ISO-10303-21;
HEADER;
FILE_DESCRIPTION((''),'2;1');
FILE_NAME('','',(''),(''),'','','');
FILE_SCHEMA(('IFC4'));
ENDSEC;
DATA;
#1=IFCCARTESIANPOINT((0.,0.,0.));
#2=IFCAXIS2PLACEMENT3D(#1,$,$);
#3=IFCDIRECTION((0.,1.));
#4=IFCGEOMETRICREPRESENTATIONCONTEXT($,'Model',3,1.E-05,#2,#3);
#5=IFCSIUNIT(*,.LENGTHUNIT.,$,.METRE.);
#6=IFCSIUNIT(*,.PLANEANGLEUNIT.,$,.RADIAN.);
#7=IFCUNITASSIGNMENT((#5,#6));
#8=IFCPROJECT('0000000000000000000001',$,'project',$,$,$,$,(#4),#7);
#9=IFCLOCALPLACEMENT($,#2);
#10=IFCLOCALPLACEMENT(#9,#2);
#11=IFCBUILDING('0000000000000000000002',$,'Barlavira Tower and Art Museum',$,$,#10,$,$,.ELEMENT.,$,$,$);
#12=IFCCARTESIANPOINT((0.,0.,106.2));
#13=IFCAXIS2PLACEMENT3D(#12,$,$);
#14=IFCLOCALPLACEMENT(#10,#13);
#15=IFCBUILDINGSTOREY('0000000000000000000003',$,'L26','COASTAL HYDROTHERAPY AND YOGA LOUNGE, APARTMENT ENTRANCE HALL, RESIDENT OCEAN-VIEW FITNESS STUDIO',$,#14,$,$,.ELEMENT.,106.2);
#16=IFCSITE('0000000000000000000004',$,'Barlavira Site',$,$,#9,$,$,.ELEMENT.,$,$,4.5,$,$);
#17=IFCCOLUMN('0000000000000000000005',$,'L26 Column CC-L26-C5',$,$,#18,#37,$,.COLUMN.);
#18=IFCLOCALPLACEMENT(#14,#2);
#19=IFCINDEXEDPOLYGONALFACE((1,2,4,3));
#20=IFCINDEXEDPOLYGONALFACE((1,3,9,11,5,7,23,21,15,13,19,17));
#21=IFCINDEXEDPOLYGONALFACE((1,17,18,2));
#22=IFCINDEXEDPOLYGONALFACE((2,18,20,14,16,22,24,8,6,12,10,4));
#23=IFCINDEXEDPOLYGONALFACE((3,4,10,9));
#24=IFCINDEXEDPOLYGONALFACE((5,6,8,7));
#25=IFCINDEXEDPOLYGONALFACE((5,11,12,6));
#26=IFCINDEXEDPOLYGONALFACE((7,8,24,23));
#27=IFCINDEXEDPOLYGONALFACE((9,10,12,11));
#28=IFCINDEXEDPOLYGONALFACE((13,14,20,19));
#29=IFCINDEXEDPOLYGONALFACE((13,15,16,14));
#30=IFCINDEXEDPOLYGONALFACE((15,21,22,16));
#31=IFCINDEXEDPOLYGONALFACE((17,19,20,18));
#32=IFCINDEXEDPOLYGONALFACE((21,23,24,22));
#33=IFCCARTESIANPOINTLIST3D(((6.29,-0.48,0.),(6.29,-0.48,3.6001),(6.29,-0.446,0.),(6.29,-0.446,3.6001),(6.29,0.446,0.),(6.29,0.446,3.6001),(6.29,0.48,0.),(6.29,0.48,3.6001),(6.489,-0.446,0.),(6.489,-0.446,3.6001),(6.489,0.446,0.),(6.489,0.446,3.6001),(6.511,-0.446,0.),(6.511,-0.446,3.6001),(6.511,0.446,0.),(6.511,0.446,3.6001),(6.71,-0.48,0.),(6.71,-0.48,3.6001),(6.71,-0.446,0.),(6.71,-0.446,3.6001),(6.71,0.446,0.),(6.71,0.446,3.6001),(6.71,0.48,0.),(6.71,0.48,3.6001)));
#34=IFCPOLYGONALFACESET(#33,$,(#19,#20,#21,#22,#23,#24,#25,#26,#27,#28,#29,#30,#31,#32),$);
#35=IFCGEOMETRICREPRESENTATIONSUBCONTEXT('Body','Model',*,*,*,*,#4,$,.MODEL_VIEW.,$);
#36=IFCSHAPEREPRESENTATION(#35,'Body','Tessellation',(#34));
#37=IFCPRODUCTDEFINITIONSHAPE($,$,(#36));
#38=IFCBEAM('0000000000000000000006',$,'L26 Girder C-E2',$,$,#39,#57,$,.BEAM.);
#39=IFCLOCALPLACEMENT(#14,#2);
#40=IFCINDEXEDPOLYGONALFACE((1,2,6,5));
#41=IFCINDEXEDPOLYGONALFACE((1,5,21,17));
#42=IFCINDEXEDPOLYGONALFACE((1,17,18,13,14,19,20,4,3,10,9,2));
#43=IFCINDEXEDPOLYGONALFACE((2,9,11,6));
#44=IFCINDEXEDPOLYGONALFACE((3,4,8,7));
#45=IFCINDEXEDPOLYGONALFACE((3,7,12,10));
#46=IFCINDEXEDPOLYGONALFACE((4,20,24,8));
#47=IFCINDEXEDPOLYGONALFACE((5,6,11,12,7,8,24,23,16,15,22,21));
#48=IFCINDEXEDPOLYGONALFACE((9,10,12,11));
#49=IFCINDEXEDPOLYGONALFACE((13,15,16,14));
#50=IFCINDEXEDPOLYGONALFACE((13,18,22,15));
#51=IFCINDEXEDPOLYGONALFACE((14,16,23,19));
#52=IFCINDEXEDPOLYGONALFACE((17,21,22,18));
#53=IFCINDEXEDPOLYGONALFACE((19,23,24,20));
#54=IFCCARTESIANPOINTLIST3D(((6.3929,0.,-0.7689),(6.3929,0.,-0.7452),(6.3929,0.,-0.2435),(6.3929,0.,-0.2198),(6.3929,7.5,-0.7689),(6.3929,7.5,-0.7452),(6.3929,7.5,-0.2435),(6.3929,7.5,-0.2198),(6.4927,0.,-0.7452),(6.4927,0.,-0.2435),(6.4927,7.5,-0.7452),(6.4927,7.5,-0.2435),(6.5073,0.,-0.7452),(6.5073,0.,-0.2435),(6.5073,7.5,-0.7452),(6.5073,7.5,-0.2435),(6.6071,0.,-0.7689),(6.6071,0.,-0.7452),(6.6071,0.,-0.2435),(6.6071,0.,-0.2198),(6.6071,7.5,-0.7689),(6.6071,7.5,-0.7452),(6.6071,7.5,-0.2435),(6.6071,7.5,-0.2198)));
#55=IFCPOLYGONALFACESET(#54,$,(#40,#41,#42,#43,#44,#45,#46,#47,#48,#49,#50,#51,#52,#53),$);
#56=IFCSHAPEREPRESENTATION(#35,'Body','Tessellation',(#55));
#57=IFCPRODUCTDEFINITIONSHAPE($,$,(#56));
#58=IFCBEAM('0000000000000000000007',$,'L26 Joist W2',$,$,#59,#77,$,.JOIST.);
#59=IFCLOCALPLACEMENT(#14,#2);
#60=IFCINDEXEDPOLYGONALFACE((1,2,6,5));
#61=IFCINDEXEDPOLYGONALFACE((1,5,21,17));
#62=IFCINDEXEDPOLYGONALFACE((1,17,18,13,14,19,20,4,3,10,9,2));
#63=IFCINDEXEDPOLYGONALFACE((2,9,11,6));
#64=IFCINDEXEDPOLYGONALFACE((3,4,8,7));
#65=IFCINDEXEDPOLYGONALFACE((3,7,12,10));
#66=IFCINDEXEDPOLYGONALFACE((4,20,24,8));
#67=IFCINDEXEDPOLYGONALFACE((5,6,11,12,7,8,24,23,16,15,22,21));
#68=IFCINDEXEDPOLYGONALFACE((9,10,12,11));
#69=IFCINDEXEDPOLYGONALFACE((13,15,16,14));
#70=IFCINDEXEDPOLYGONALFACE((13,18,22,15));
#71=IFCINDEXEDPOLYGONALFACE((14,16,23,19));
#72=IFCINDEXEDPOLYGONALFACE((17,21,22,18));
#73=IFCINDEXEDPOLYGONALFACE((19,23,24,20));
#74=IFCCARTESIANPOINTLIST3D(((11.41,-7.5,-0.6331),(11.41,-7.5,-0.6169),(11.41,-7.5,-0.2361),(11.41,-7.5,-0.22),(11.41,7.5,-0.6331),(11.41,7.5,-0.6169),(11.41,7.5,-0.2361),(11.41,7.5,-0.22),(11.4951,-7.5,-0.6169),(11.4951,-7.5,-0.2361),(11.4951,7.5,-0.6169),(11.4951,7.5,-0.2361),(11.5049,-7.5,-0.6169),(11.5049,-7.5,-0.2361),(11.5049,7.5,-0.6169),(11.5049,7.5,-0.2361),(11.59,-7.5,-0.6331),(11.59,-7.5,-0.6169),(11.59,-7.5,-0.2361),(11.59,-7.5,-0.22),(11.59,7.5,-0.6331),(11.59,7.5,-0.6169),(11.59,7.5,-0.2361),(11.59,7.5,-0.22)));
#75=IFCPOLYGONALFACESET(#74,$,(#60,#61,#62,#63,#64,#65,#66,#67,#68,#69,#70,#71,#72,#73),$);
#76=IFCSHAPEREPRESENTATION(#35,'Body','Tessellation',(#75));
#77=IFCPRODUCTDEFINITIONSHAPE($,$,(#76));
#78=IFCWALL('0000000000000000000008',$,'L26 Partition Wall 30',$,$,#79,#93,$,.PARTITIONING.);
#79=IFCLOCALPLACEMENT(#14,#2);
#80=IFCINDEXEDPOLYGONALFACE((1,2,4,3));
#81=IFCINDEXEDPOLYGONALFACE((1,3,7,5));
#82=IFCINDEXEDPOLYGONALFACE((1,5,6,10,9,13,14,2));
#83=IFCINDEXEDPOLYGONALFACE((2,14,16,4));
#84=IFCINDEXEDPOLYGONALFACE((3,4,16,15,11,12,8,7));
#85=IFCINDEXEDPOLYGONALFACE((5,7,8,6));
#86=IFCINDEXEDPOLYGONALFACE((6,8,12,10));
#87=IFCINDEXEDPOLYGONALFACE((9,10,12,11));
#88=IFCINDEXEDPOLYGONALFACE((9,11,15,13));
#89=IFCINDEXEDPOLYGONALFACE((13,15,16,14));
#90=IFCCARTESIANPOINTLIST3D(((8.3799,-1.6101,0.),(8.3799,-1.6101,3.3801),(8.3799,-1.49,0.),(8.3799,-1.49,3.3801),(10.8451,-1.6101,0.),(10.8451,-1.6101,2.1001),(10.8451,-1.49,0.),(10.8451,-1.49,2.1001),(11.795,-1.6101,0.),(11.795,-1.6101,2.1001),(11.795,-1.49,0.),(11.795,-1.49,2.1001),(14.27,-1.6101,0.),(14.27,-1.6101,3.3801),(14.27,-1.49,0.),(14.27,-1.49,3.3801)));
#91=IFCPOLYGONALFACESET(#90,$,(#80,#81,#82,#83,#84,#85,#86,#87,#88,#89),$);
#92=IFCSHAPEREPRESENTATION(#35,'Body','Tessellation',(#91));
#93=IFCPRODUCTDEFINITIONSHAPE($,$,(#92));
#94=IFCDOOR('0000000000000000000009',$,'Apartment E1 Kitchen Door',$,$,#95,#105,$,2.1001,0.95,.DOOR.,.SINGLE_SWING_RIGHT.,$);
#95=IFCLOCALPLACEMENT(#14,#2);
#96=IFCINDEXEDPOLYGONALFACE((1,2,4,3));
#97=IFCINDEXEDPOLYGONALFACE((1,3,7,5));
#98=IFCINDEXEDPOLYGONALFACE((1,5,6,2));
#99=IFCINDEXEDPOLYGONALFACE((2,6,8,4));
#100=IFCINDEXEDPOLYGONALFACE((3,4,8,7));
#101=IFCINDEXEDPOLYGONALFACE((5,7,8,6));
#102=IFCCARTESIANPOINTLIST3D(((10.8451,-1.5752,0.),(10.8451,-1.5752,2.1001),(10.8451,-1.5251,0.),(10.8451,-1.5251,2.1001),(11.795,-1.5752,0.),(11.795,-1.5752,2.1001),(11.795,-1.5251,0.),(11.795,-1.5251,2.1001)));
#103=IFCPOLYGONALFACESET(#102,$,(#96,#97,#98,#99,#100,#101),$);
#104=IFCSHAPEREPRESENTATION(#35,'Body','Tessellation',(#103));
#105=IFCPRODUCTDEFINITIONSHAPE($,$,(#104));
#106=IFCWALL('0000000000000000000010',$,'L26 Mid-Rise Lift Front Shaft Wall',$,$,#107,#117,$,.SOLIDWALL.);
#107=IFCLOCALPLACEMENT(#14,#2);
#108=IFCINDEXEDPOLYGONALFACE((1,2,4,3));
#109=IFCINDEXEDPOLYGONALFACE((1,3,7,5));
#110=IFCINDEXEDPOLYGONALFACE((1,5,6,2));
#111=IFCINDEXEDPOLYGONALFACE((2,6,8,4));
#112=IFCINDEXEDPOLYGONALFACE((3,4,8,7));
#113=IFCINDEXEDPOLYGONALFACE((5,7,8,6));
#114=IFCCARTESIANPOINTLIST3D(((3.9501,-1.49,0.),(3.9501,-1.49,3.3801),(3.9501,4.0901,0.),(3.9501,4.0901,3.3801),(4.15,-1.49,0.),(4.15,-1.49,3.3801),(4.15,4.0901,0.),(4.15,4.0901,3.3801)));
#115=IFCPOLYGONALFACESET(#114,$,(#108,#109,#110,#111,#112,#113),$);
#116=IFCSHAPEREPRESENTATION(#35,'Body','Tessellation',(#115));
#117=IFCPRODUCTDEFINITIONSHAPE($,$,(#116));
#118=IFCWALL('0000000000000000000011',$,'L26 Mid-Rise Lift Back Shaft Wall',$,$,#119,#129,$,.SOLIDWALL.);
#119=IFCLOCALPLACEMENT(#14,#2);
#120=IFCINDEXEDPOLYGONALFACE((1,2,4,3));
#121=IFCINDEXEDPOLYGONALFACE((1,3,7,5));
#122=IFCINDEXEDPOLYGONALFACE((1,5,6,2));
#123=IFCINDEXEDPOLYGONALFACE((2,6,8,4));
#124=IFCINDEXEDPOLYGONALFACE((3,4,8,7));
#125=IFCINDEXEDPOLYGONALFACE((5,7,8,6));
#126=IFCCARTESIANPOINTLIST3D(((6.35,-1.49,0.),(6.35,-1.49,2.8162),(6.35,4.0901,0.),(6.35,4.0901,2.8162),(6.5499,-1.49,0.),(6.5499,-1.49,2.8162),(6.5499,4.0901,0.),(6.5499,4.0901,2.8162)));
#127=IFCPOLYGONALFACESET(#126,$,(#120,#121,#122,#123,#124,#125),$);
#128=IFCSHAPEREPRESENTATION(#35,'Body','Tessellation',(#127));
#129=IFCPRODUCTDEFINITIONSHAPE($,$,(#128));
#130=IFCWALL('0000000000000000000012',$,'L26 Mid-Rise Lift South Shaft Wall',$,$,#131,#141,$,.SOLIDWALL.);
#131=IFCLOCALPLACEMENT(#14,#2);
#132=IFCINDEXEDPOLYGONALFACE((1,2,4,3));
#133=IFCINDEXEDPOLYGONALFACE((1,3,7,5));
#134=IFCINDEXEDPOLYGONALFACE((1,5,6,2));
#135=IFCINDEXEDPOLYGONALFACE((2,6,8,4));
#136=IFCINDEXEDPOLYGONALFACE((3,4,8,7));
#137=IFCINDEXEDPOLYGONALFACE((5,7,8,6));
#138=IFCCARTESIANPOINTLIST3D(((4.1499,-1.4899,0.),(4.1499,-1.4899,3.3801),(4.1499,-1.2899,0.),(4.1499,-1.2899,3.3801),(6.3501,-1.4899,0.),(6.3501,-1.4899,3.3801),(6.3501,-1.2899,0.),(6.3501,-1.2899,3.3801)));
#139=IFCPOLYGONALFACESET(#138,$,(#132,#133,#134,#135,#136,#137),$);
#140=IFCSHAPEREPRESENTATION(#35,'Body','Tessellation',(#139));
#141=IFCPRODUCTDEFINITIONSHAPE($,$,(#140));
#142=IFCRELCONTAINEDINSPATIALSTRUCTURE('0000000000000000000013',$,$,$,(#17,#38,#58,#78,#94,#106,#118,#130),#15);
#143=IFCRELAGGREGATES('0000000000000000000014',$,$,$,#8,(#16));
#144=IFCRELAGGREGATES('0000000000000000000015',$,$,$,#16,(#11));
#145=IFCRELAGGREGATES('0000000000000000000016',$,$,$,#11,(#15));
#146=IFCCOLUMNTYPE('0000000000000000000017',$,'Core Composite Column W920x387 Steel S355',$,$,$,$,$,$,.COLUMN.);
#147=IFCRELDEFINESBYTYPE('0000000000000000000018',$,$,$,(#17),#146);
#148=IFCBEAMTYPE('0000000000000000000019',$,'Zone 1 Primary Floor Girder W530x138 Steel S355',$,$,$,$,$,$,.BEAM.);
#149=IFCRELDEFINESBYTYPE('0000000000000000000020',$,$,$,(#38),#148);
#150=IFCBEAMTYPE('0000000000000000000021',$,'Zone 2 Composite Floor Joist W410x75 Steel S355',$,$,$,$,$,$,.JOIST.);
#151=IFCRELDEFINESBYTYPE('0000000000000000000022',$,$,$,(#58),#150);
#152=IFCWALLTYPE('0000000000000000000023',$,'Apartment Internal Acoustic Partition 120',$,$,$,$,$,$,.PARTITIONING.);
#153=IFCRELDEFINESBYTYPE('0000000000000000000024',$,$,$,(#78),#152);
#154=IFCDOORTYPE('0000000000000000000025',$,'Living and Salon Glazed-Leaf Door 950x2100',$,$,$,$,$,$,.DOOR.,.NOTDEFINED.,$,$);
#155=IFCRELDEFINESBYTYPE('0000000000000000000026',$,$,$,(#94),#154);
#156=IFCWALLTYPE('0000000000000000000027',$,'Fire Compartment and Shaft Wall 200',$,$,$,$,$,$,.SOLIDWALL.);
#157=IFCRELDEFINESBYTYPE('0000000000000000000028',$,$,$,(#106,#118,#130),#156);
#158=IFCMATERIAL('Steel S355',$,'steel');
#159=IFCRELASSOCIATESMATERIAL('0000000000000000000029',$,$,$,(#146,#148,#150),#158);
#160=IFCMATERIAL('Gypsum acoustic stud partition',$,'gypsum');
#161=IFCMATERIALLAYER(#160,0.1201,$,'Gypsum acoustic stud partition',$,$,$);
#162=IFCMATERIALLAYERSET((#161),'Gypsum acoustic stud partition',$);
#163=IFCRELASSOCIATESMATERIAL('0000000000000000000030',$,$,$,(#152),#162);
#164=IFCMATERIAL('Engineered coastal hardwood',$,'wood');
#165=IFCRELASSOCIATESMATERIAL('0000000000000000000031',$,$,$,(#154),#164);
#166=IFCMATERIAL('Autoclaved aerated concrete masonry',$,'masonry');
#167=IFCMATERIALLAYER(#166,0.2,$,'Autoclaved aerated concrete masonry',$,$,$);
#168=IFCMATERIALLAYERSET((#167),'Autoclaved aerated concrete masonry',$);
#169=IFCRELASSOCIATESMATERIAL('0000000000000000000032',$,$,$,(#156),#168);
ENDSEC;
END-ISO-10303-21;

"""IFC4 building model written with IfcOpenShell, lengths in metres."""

from ifc_helpers import new_model, si_unit, direction, frame, frame_2d, origin, origin_2d, place, context, subcontext, project, spatial, rectangle, i_section, extrude, material, layer, layer_set, material_profile, profile_set, type_object, element, fill, save


model = new_model("IFC4")

# Units and contexts
model_context = context("Model", 3, precision=1e-05, world=origin(), true_north=direction((0.0, 1.0)))
body_context = subcontext(model_context, "Body", "Model", "MODEL_VIEW")
ifc_project = project(units=[si_unit("LENGTHUNIT", "METRE"), si_unit("PLANEANGLEUNIT", "RADIAN")], contexts=[model_context])

# Site, building, storey
site_placement = place(None, origin())
site = spatial("IfcSite", under=ifc_project, at=site_placement, Name="Barlavira Site", CompositionType="ELEMENT", RefElevation=4.5)
building_placement = place(site_placement, origin())
building = spatial("IfcBuilding", under=site, at=building_placement, Name="Barlavira Tower and Art Museum", CompositionType="ELEMENT")
storey_placement = place(building_placement, frame((0.0, 0.0, 106.2)))
storey = spatial("IfcBuildingStorey", under=building, at=storey_placement, Name="L26", Description="COASTAL HYDROTHERAPY AND YOGA LOUNGE, APARTMENT ENTRANCE HALL, RESIDENT OCEAN-VIEW FITNESS STUDIO", CompositionType="ELEMENT", Elevation=106.2)

# Column
ifc_material_1 = material(Name="Steel S355", Category="steel")
ifc_material_profile_1 = material_profile(ifc_material_1, i_section(OverallWidth=0.4199, OverallDepth=0.96, WebThickness=0.022, FlangeThickness=0.0339, at=origin_2d()), Name="W920x387.0")
ifc_profile_set_1 = profile_set([ifc_material_profile_1], Name="Steel S355")
column_type = type_object("IfcColumnType", Name="Core Composite Column W920x387 Steel S355", PredefinedType="COLUMN", material=ifc_profile_set_1)
column_placement = place(storey_placement, frame((6.5, 0.0, 0.0), z_axis=(0.0, 0.0, 1.0), x_axis=(1.0, 0.0, 0.0)))
element("IfcColumn", 1, at=column_placement, inside=storey, type_object=column_type, Name="L26 Column CC-L26-C5", PredefinedType="COLUMN", context=body_context, shape_type="SweptSolid", body=[
    extrude(i_section(OverallWidth=0.4199, OverallDepth=0.96, WebThickness=0.022, FlangeThickness=0.0339, at=origin_2d()), origin(), (0.0, 0.0, 1.0), 3.6001),
])

# Beams
ifc_material_profile_2 = material_profile(ifc_material_1, i_section(OverallWidth=0.2141, OverallDepth=0.5491, WebThickness=0.0146, FlangeThickness=0.0237, at=origin_2d()), Name="W530x138.0")
ifc_profile_set_2 = profile_set([ifc_material_profile_2], Name="Steel S355")
beam_type_1 = type_object("IfcBeamType", Name="Zone 1 Primary Floor Girder W530x138 Steel S355", PredefinedType="BEAM", material=ifc_profile_set_2)
beam_1_placement = place(storey_placement, frame((6.5, 0.0, -0.4944), z_axis=(0.0, 1.0, 0.0), x_axis=(-1.0, 0.0, 0.0)))
element("IfcBeam", 2, at=beam_1_placement, inside=storey, type_object=beam_type_1, Name="L26 Girder C-E2", PredefinedType="BEAM", context=body_context, shape_type="SweptSolid", body=[
    extrude(i_section(OverallWidth=0.2141, OverallDepth=0.5491, WebThickness=0.0146, FlangeThickness=0.0237, at=origin_2d()), origin(), (0.0, 0.0, 1.0), 7.5),
])
ifc_material_profile_3 = material_profile(ifc_material_1, i_section(OverallWidth=0.1799, OverallDepth=0.4131, WebThickness=0.0098, FlangeThickness=0.0161, at=origin_2d()), Name="W410x75.0")
ifc_profile_set_3 = profile_set([ifc_material_profile_3], Name="Steel S355")
beam_type_2 = type_object("IfcBeamType", Name="Zone 2 Composite Floor Joist W410x75 Steel S355", PredefinedType="JOIST", material=ifc_profile_set_3)
beam_2_placement = place(storey_placement, frame((11.5, -7.5, -0.4265), z_axis=(0.0, 1.0, 0.0), x_axis=(-1.0, 0.0, 0.0)))
element("IfcBeam", 3, at=beam_2_placement, inside=storey, type_object=beam_type_2, Name="L26 Joist W2", PredefinedType="JOIST", context=body_context, shape_type="SweptSolid", body=[
    extrude(i_section(OverallWidth=0.1799, OverallDepth=0.4131, WebThickness=0.0098, FlangeThickness=0.0161, at=origin_2d()), origin(), (0.0, 0.0, 1.0), 15.0),
])

# Wall, opening, door
ifc_material_2 = material(Name="Gypsum acoustic stud partition", Category="gypsum")
ifc_layer_1 = layer(ifc_material_2, 0.1201, Name="Gypsum acoustic stud partition")
ifc_layer_set_1 = layer_set([ifc_layer_1], Name="Gypsum acoustic stud partition")
wall_type_1 = type_object("IfcWallType", Name="Apartment Internal Acoustic Partition 120", PredefinedType="PARTITIONING", material=ifc_layer_set_1)
wall_1_placement = place(storey_placement, frame((8.3799, -1.55, 0.0), z_axis=(0.0, 0.0, 1.0), x_axis=(1.0, 0.0, 0.0)))
wall_1 = element("IfcWall", 4, at=wall_1_placement, inside=storey, type_object=wall_type_1, Name="L26 Partition Wall 30", PredefinedType="PARTITIONING", context=body_context, shape_type="SweptSolid", body=[
    extrude(rectangle(XDim=5.8901, YDim=0.1201, at=frame_2d((2.9451, 0.0))), origin(), (0.0, 0.0, 1.0), 3.3801),
])
opening_1_placement = place(wall_1_placement, frame((2.4651, 0.0, 0.0)))
opening_1 = element("IfcOpeningElement", 5, at=opening_1_placement, cuts=wall_1, PredefinedType="OPENING", context=body_context, shape_type="SweptSolid", body=[
    extrude(rectangle(XDim=0.95, YDim=2.1001, at=frame_2d((0.4751, 1.05))), frame((0.0, 0.0701, 0.0), z_axis=(0.0, -1.0, 0.0), x_axis=(1.0, 0.0, 0.0)), (0.0, 0.0, 1.0), 0.1401),
])
ifc_material_3 = material(Name="Engineered coastal hardwood", Category="wood")
door_type_1 = type_object("IfcDoorType", Name="Living and Salon Glazed-Leaf Door 950x2100", OperationType="NOTDEFINED", PredefinedType="DOOR", material=ifc_material_3)
door_1_placement = place(opening_1_placement, origin())
door_1 = element("IfcDoor", 6, at=door_1_placement, inside=storey, type_object=door_type_1, Name="Apartment E1 Kitchen Door", OperationType="SINGLE_SWING_RIGHT", OverallHeight=2.1001, OverallWidth=0.95, PredefinedType="DOOR", context=body_context, shape_type="SweptSolid", body=[
    extrude(rectangle(XDim=0.95, YDim=2.1001, at=frame_2d((0.4751, 1.05))), frame((0.0, 0.0249, 0.0), z_axis=(0.0, -1.0, 0.0), x_axis=(1.0, 0.0, 0.0)), (0.0, 0.0, 1.0), 0.05),
])
fill(opening_1, door_1)

# Walls
ifc_material_4 = material(Name="Autoclaved aerated concrete masonry", Category="masonry")
ifc_layer_2 = layer(ifc_material_4, 0.2, Name="Autoclaved aerated concrete masonry")
ifc_layer_set_2 = layer_set([ifc_layer_2], Name="Autoclaved aerated concrete masonry")
wall_type_2 = type_object("IfcWallType", Name="Fire Compartment and Shaft Wall 200", PredefinedType="SOLIDWALL", material=ifc_layer_set_2)
wall_2_placement = place(storey_placement, frame((4.05, -1.49, 0.0), z_axis=(0.0, 0.0, 1.0), x_axis=(0.0, 1.0, 0.0)))
element("IfcWall", 7, at=wall_2_placement, inside=storey, type_object=wall_type_2, Name="L26 Mid-Rise Lift Front Shaft Wall", PredefinedType="SOLIDWALL", context=body_context, shape_type="SweptSolid", body=[
    extrude(rectangle(XDim=5.5801, YDim=0.2, at=frame_2d((2.79, 0.0))), origin(), (0.0, 0.0, 1.0), 3.3801),
])
wall_3_placement = place(storey_placement, frame((6.45, -1.49, 0.0), z_axis=(0.0, 0.0, 1.0), x_axis=(0.0, 1.0, 0.0)))
element("IfcWall", 8, at=wall_3_placement, inside=storey, type_object=wall_type_2, Name="L26 Mid-Rise Lift Back Shaft Wall", PredefinedType="SOLIDWALL", context=body_context, shape_type="SweptSolid", body=[
    extrude(rectangle(XDim=5.5801, YDim=0.2, at=frame_2d((2.79, 0.0))), origin(), (0.0, 0.0, 1.0), 2.8162),
])
wall_4_placement = place(storey_placement, frame((4.1499, -1.3899, 0.0), z_axis=(0.0, 0.0, 1.0), x_axis=(1.0, 0.0, 0.0)))
element("IfcWall", 9, at=wall_4_placement, inside=storey, type_object=wall_type_2, Name="L26 Mid-Rise Lift South Shaft Wall", PredefinedType="SOLIDWALL", context=body_context, shape_type="SweptSolid", body=[
    extrude(rectangle(XDim=2.2002, YDim=0.2, at=frame_2d((1.1001, 0.0))), origin(), (0.0, 0.0, 1.0), 3.3801),
])

save(model, "model.ifc")
